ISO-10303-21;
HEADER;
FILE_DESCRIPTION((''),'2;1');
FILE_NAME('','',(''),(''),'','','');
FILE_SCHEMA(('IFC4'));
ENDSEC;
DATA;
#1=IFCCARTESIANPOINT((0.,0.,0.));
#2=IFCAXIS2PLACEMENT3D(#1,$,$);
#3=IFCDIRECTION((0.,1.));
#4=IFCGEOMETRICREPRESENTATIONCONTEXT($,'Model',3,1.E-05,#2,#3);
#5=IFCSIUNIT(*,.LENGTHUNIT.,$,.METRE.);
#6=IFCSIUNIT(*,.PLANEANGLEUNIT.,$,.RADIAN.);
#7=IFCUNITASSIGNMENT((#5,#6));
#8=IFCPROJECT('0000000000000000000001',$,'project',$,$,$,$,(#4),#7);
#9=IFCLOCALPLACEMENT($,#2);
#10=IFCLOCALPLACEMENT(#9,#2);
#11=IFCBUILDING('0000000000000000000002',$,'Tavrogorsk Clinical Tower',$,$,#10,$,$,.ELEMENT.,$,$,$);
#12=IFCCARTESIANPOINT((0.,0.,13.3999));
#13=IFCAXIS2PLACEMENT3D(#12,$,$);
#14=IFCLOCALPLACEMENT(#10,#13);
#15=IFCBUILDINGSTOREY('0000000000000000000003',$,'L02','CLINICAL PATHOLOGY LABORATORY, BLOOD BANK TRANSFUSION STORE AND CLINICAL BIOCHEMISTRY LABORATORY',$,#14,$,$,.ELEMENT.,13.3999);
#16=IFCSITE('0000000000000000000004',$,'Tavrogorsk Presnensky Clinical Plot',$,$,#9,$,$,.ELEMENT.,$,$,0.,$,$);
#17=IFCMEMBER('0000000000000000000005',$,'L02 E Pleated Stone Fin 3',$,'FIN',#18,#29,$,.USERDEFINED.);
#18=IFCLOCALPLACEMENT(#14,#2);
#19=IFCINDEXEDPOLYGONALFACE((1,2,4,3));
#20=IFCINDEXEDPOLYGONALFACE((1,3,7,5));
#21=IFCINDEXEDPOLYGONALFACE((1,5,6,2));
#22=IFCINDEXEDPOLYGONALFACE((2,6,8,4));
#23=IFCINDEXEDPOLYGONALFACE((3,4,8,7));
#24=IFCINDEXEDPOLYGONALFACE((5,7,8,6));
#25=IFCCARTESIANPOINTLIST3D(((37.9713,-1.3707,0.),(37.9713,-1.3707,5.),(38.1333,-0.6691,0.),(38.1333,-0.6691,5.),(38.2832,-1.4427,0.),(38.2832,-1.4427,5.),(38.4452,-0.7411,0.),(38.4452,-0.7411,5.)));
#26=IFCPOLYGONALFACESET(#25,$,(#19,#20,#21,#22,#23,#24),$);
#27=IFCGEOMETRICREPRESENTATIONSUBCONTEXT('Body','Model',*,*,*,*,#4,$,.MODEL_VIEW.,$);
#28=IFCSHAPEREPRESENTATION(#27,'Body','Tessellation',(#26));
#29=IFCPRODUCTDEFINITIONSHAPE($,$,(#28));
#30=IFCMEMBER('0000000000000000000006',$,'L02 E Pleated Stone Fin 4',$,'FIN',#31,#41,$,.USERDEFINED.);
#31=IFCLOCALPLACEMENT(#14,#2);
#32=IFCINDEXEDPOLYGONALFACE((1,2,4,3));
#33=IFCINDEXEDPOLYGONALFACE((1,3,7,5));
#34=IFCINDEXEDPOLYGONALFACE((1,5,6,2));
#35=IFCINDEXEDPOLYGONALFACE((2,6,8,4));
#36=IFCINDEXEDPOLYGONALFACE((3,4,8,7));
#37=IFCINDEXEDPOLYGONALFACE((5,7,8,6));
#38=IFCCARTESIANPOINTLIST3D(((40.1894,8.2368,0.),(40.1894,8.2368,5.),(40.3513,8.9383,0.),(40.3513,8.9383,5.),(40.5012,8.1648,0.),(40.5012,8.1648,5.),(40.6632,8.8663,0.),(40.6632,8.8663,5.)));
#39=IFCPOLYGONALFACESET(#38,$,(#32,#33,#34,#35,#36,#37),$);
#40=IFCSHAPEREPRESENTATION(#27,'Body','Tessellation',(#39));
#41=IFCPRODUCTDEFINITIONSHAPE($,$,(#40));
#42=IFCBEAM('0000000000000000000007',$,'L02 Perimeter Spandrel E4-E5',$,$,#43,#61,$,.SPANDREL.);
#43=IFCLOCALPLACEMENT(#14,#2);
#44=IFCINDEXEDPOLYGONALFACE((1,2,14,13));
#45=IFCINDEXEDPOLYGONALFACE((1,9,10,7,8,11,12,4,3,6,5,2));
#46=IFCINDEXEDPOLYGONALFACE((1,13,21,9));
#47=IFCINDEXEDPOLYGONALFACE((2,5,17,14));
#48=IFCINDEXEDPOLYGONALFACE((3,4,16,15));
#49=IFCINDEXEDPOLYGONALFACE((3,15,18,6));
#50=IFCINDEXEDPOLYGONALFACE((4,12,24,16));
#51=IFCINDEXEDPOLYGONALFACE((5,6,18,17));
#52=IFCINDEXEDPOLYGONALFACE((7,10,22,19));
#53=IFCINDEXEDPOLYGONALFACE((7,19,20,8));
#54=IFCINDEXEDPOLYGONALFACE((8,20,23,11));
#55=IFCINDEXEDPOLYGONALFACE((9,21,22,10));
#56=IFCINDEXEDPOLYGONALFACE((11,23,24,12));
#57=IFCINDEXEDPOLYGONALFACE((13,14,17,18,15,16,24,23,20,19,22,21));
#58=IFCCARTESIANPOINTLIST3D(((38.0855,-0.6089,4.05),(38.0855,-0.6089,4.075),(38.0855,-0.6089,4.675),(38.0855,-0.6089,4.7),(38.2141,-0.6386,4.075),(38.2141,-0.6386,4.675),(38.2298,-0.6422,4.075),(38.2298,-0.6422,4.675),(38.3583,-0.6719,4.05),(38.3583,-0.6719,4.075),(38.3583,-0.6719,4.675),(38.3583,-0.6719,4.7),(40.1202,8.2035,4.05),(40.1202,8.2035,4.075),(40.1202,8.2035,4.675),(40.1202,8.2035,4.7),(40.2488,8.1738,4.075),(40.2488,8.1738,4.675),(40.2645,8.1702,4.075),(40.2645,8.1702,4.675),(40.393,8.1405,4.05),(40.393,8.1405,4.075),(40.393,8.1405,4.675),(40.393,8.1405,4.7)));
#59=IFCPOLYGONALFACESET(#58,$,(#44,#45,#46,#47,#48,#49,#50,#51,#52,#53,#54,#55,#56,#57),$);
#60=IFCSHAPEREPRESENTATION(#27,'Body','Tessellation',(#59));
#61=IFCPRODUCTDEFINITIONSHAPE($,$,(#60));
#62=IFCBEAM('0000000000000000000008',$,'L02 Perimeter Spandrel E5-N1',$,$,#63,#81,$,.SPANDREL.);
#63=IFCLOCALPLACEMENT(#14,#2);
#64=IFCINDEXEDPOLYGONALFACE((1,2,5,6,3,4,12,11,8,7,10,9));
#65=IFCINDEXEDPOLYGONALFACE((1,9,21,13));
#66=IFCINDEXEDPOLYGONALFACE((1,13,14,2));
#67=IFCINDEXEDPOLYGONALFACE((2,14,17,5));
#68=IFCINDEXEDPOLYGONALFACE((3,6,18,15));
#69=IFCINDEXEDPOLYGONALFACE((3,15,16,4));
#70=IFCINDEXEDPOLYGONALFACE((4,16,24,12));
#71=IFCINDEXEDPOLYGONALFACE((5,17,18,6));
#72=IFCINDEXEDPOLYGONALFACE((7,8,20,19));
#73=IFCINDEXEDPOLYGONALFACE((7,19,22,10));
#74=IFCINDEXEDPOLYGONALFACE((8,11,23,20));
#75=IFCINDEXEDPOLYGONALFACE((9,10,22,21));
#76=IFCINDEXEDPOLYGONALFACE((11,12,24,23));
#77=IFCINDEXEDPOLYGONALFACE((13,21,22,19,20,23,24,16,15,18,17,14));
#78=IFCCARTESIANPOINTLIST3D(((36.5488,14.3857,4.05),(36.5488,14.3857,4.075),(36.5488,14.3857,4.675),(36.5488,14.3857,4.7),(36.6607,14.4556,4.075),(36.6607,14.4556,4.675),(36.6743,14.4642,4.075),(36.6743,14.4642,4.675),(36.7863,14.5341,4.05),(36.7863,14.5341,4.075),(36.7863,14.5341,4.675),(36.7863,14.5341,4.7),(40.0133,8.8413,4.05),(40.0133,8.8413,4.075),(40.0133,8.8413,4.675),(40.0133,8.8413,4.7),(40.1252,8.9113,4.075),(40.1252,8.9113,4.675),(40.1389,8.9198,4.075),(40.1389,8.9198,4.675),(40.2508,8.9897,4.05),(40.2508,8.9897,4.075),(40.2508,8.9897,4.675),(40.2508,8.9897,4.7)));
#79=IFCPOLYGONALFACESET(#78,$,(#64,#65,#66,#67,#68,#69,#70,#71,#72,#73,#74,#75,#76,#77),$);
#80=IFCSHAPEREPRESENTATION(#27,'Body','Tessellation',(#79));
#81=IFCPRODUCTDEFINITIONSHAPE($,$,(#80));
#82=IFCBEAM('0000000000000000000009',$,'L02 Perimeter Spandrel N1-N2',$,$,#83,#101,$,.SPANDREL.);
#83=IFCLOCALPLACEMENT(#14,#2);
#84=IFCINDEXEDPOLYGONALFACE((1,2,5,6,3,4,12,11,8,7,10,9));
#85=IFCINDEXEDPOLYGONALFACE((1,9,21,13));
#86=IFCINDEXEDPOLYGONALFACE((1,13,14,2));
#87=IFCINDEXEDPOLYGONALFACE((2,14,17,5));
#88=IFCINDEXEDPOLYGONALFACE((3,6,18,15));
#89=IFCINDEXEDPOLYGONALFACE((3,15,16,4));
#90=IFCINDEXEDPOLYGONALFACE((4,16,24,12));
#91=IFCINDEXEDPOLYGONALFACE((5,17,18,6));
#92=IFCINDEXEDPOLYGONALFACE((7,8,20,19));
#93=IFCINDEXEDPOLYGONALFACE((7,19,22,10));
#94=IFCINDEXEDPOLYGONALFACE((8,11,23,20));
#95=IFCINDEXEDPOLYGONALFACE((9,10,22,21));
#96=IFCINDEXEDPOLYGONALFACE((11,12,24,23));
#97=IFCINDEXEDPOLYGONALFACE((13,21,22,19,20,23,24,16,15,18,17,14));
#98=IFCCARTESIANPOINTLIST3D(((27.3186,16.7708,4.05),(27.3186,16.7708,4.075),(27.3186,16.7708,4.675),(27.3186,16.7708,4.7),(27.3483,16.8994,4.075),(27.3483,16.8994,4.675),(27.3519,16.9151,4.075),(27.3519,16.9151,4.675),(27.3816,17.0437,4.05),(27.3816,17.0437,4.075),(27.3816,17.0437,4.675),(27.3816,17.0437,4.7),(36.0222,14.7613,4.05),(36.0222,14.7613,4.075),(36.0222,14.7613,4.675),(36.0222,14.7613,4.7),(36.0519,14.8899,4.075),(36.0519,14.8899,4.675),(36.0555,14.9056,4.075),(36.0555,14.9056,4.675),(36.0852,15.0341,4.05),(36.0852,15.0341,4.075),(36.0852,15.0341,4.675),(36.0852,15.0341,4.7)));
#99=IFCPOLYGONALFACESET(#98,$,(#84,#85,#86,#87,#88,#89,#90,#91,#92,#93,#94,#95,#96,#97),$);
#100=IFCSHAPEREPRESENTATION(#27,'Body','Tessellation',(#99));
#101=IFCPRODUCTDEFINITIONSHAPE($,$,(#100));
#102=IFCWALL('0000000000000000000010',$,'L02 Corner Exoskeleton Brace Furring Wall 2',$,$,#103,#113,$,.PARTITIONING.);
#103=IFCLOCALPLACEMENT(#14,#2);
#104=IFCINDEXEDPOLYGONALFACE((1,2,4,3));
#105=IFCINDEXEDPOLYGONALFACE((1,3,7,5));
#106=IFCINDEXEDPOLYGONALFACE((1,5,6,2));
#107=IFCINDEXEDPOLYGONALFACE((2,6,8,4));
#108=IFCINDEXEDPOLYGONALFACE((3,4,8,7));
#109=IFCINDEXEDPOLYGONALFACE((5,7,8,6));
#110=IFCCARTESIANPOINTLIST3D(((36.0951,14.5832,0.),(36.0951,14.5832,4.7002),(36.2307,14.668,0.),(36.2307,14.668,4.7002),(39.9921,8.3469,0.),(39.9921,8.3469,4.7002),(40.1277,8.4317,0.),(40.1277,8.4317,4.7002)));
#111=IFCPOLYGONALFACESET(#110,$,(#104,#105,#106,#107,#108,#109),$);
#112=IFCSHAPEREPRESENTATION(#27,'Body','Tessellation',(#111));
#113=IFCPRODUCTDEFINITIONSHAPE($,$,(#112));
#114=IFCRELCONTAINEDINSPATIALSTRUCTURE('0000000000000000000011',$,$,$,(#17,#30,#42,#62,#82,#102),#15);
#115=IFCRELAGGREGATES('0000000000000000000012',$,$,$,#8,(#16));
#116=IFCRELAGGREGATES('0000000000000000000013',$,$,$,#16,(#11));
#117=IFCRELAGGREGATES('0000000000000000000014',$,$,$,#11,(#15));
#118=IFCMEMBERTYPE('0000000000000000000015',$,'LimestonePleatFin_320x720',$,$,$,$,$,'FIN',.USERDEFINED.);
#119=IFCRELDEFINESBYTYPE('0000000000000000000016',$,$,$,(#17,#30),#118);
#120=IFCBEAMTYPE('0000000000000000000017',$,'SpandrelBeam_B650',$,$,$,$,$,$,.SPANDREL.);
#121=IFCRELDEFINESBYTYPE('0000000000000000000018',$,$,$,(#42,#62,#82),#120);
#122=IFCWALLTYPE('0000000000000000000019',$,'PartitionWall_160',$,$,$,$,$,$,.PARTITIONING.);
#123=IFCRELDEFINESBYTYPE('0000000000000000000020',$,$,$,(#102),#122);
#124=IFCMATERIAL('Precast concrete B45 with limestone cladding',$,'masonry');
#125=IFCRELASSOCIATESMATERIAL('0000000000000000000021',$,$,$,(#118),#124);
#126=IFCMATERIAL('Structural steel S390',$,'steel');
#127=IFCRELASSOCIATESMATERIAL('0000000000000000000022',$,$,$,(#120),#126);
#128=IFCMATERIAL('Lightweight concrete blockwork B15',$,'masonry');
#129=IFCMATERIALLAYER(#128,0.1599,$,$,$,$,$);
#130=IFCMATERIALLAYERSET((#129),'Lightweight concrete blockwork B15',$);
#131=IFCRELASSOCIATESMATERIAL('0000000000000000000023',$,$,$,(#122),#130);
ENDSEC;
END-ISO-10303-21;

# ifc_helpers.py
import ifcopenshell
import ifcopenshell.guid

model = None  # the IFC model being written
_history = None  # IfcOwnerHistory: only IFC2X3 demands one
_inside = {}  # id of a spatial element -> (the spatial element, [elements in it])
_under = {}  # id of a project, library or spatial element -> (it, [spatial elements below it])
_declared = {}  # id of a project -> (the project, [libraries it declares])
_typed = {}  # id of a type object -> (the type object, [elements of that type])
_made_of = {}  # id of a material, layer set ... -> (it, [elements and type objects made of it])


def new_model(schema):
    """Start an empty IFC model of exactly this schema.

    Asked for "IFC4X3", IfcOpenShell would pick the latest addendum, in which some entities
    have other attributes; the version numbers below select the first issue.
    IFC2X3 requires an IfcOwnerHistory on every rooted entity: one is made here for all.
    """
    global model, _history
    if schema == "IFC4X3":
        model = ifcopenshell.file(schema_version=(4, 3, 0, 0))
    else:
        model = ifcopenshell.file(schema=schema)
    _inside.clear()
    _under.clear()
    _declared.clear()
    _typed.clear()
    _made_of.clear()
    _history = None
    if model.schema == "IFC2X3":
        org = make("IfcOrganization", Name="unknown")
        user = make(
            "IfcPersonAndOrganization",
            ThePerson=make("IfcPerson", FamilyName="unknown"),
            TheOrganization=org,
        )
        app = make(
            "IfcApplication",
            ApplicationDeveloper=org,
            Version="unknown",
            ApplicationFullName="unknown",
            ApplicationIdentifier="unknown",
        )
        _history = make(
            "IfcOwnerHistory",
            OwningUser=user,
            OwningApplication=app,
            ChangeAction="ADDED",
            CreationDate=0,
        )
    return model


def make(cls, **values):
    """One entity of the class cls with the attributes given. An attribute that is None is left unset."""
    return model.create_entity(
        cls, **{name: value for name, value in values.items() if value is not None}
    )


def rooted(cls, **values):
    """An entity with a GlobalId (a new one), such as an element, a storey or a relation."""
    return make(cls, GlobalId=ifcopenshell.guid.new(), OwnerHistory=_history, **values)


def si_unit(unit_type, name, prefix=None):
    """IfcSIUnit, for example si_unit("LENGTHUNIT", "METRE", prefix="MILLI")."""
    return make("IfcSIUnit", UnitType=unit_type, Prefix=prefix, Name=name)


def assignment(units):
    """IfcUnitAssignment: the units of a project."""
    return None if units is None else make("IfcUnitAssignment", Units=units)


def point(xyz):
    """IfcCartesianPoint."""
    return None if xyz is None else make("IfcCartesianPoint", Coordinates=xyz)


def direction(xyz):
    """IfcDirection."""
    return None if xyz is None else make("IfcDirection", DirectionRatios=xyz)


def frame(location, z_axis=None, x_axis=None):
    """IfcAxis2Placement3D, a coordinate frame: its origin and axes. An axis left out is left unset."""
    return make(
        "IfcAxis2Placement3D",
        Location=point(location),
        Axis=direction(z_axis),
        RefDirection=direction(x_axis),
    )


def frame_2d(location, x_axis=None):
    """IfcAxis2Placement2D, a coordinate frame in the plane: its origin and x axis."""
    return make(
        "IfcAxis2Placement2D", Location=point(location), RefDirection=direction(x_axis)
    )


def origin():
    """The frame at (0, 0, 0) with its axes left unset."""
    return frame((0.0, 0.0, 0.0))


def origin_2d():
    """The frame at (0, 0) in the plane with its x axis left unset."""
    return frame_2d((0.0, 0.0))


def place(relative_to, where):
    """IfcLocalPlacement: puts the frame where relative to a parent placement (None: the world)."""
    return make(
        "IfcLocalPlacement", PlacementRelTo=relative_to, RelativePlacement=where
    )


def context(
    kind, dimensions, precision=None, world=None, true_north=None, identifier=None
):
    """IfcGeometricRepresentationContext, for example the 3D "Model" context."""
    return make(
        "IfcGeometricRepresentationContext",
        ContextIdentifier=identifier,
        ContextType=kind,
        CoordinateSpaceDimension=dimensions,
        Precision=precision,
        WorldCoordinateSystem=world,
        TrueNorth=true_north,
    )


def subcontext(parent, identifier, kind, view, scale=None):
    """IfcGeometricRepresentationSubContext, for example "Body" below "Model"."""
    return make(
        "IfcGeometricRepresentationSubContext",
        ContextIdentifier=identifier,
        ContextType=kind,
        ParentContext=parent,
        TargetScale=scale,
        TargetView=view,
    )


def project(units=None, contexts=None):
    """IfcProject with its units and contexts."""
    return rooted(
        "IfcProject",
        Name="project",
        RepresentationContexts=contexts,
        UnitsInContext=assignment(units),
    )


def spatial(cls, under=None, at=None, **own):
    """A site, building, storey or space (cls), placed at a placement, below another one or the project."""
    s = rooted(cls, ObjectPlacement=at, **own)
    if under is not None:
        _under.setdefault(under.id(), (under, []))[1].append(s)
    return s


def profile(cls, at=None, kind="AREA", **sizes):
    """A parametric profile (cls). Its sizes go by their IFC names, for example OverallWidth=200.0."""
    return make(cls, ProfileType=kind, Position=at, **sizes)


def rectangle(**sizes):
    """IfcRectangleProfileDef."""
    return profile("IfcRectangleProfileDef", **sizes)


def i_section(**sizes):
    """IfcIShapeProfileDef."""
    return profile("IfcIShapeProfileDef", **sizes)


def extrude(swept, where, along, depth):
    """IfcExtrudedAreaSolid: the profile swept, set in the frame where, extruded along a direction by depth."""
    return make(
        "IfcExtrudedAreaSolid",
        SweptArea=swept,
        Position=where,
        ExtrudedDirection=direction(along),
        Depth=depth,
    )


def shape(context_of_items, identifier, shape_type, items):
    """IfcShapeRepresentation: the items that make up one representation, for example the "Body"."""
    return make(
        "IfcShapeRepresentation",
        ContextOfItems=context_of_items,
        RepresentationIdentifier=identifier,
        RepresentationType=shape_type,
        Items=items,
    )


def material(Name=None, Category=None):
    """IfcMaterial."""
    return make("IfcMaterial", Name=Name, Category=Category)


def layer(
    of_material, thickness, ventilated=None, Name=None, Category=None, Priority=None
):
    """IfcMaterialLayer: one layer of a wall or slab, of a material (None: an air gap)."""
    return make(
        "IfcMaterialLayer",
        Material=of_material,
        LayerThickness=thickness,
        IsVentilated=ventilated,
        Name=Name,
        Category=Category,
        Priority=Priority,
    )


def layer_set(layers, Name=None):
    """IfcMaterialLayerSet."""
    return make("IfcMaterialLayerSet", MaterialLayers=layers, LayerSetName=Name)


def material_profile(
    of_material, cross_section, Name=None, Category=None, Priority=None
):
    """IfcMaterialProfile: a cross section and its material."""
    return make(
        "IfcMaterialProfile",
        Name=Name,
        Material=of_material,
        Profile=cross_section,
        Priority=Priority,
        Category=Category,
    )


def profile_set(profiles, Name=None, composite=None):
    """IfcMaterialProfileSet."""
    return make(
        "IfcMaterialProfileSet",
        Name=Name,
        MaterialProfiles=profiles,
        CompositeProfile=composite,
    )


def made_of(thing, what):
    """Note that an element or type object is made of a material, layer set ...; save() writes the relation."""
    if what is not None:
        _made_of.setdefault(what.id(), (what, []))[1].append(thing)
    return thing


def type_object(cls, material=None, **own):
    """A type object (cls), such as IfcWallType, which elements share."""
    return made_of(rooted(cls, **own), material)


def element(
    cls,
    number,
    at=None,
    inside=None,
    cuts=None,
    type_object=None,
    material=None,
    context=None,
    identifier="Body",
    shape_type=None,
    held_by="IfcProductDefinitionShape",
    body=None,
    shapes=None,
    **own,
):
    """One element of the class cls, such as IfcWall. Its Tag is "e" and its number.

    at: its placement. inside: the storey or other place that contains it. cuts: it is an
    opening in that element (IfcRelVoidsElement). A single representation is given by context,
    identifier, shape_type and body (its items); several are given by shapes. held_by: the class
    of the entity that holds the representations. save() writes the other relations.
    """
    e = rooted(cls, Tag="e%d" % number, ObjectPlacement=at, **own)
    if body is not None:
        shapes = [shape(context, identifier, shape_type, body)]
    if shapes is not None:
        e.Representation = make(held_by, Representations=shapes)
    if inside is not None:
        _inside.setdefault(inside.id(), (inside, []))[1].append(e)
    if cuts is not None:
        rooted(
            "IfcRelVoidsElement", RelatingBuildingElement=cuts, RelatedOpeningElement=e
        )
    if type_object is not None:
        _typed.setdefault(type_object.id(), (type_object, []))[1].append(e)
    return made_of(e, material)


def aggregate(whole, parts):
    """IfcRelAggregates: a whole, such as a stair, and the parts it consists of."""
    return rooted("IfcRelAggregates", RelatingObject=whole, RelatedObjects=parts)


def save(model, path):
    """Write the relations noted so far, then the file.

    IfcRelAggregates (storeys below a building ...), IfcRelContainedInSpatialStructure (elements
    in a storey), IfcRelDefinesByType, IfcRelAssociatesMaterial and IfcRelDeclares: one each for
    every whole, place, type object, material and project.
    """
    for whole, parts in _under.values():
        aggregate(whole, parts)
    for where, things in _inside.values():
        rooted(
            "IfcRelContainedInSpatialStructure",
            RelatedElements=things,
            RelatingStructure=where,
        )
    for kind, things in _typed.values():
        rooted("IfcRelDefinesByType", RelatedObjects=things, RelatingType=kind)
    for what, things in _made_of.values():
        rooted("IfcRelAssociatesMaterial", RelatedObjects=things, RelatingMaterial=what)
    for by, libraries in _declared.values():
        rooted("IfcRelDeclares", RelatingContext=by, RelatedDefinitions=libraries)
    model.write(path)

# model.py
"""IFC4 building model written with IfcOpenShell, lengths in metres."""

from ifc_helpers import new_model, si_unit, direction, frame, frame_2d, origin, origin_2d, place, context, subcontext, project, spatial, rectangle, i_section, extrude, material, layer, layer_set, material_profile, profile_set, type_object, element, save


model = new_model("IFC4")

# Units and contexts
model_context = context("Model", 3, precision=1e-05, world=origin(), true_north=direction((0.0, 1.0)))
body_context = subcontext(model_context, "Body", "Model", "MODEL_VIEW")
ifc_project = project(units=[si_unit("LENGTHUNIT", "METRE"), si_unit("PLANEANGLEUNIT", "RADIAN")], contexts=[model_context])

# Site, building, storey
site_placement = place(None, origin())
site = spatial("IfcSite", under=ifc_project, at=site_placement, Name="Tavrogorsk Presnensky Clinical Plot", CompositionType="ELEMENT", RefElevation=0.0)
building_placement = place(site_placement, origin())
building = spatial("IfcBuilding", under=site, at=building_placement, Name="Tavrogorsk Clinical Tower", CompositionType="ELEMENT")
storey_placement = place(building_placement, frame((0.0, 0.0, 13.3999)))
storey = spatial("IfcBuildingStorey", under=building, at=storey_placement, Name="L02", Description="CLINICAL PATHOLOGY LABORATORY, BLOOD BANK TRANSFUSION STORE AND CLINICAL BIOCHEMISTRY LABORATORY", CompositionType="ELEMENT", Elevation=13.3999)

# Members
ifc_material_1 = material(Name="Precast concrete B45 with limestone cladding", Category="masonry")
ifc_material_profile_1 = material_profile(ifc_material_1, rectangle(XDim=0.3201, YDim=0.72, at=origin_2d()), Name="LIMESTONE-FIN-320x720")
ifc_profile_set_1 = profile_set([ifc_material_profile_1], Name="Precast concrete B45 with limestone cladding")
member_type_1 = type_object("IfcMemberType", Name="LimestonePleatFin_320x720", ElementType="FIN", PredefinedType="USERDEFINED", material=ifc_profile_set_1)
for number, where, z_axis, x_axis, name in (
    (1, (38.2083, -1.0559, 0.0), (0.0, 0.0, 1.0), (0.97437, -0.224951, 0.0), "L02 E Pleated Stone Fin 3"),
    (2, (40.4263, 8.5515, 0.0), (0.0, 0.0, 1.0), (0.97437, -0.224951, 0.0), "L02 E Pleated Stone Fin 4"),
):
    element("IfcMember", number, at=place(storey_placement, frame(where, z_axis=z_axis, x_axis=x_axis)), inside=storey, type_object=member_type_1, Name=name, ObjectType="FIN", PredefinedType="USERDEFINED", context=body_context, shape_type="SweptSolid", body=[
        extrude(rectangle(XDim=0.3201, YDim=0.72, at=origin_2d()), origin(), (0.0, 0.0, 1.0), 5.0),
    ])

# Beams
ifc_material_2 = material(Name="Structural steel S390", Category="steel")
ifc_material_profile_2 = material_profile(ifc_material_2, i_section(OverallWidth=0.28, OverallDepth=0.6499, WebThickness=0.0161, FlangeThickness=0.0249, at=origin_2d()), Name="B-650x280x16x25")
ifc_profile_set_2 = profile_set([ifc_material_profile_2], Name="Structural steel S390")
beam_type_1 = type_object("IfcBeamType", Name="SpandrelBeam_B650", PredefinedType="SPANDREL", material=ifc_profile_set_2)
beam_1_placement = place(storey_placement, frame((38.2219, -0.6404, 4.375), z_axis=(0.224972, 0.974365, 0.0), x_axis=(-0.974365, 0.224972, 0.0)))
element("IfcBeam", 3, at=beam_1_placement, inside=storey, type_object=beam_type_1, Name="L02 Perimeter Spandrel E4-E5", PredefinedType="SPANDREL", context=body_context, shape_type="SweptSolid", body=[
    extrude(i_section(OverallWidth=0.28, OverallDepth=0.6499, WebThickness=0.0161, FlangeThickness=0.0249, at=origin_2d()), origin(), (0.0, 0.0, 1.0), 9.0442),
])
beam_2_placement = place(storey_placement, frame((40.1321, 8.9155, 4.375), z_axis=(-0.529925, 0.848044, 0.0), x_axis=(-0.848044, -0.529925, 0.0)))
element("IfcBeam", 4, at=beam_2_placement, inside=storey, type_object=beam_type_1, Name="L02 Perimeter Spandrel E5-N1", PredefinedType="SPANDREL", context=body_context, shape_type="SweptSolid", body=[
    extrude(i_section(OverallWidth=0.28, OverallDepth=0.6499, WebThickness=0.0161, FlangeThickness=0.0249, at=origin_2d()), origin(), (0.0, 0.0, 1.0), 6.5378),
])
beam_3_placement = place(storey_placement, frame((36.0537, 14.8977, 4.375), z_axis=(-0.974367, 0.224965, 0.0), x_axis=(-0.224965, -0.974367, 0.0)))
element("IfcBeam", 5, at=beam_3_placement, inside=storey, type_object=beam_type_1, Name="L02 Perimeter Spandrel N1-N2", PredefinedType="SPANDREL", context=body_context, shape_type="SweptSolid", body=[
    extrude(i_section(OverallWidth=0.28, OverallDepth=0.6499, WebThickness=0.0161, FlangeThickness=0.0249, at=origin_2d()), origin(), (0.0, 0.0, 1.0), 8.9326),
])

# Wall
ifc_material_3 = material(Name="Lightweight concrete blockwork B15", Category="masonry")
ifc_layer_1 = layer(ifc_material_3, 0.1599)
ifc_layer_set_1 = layer_set([ifc_layer_1], Name="Lightweight concrete blockwork B15")
wall_type_1 = type_object("IfcWallType", Name="PartitionWall_160", PredefinedType="PARTITIONING", material=ifc_layer_set_1)
wall_1_placement = place(storey_placement, frame((40.0598, 8.3894, 0.0), z_axis=(0.0, 0.0, 1.0), x_axis=(-0.529927, 0.848043, 0.0)))
element("IfcWall", 6, at=wall_1_placement, inside=storey, type_object=wall_type_1, Name="L02 Corner Exoskeleton Brace Furring Wall 2", PredefinedType="PARTITIONING", context=body_context, shape_type="SweptSolid", body=[
    extrude(rectangle(XDim=7.3538, YDim=0.1599, at=frame_2d((3.6768, 0.0))), origin(), (0.0, 0.0, 1.0), 4.7002),
])

save(model, "model.ifc")
